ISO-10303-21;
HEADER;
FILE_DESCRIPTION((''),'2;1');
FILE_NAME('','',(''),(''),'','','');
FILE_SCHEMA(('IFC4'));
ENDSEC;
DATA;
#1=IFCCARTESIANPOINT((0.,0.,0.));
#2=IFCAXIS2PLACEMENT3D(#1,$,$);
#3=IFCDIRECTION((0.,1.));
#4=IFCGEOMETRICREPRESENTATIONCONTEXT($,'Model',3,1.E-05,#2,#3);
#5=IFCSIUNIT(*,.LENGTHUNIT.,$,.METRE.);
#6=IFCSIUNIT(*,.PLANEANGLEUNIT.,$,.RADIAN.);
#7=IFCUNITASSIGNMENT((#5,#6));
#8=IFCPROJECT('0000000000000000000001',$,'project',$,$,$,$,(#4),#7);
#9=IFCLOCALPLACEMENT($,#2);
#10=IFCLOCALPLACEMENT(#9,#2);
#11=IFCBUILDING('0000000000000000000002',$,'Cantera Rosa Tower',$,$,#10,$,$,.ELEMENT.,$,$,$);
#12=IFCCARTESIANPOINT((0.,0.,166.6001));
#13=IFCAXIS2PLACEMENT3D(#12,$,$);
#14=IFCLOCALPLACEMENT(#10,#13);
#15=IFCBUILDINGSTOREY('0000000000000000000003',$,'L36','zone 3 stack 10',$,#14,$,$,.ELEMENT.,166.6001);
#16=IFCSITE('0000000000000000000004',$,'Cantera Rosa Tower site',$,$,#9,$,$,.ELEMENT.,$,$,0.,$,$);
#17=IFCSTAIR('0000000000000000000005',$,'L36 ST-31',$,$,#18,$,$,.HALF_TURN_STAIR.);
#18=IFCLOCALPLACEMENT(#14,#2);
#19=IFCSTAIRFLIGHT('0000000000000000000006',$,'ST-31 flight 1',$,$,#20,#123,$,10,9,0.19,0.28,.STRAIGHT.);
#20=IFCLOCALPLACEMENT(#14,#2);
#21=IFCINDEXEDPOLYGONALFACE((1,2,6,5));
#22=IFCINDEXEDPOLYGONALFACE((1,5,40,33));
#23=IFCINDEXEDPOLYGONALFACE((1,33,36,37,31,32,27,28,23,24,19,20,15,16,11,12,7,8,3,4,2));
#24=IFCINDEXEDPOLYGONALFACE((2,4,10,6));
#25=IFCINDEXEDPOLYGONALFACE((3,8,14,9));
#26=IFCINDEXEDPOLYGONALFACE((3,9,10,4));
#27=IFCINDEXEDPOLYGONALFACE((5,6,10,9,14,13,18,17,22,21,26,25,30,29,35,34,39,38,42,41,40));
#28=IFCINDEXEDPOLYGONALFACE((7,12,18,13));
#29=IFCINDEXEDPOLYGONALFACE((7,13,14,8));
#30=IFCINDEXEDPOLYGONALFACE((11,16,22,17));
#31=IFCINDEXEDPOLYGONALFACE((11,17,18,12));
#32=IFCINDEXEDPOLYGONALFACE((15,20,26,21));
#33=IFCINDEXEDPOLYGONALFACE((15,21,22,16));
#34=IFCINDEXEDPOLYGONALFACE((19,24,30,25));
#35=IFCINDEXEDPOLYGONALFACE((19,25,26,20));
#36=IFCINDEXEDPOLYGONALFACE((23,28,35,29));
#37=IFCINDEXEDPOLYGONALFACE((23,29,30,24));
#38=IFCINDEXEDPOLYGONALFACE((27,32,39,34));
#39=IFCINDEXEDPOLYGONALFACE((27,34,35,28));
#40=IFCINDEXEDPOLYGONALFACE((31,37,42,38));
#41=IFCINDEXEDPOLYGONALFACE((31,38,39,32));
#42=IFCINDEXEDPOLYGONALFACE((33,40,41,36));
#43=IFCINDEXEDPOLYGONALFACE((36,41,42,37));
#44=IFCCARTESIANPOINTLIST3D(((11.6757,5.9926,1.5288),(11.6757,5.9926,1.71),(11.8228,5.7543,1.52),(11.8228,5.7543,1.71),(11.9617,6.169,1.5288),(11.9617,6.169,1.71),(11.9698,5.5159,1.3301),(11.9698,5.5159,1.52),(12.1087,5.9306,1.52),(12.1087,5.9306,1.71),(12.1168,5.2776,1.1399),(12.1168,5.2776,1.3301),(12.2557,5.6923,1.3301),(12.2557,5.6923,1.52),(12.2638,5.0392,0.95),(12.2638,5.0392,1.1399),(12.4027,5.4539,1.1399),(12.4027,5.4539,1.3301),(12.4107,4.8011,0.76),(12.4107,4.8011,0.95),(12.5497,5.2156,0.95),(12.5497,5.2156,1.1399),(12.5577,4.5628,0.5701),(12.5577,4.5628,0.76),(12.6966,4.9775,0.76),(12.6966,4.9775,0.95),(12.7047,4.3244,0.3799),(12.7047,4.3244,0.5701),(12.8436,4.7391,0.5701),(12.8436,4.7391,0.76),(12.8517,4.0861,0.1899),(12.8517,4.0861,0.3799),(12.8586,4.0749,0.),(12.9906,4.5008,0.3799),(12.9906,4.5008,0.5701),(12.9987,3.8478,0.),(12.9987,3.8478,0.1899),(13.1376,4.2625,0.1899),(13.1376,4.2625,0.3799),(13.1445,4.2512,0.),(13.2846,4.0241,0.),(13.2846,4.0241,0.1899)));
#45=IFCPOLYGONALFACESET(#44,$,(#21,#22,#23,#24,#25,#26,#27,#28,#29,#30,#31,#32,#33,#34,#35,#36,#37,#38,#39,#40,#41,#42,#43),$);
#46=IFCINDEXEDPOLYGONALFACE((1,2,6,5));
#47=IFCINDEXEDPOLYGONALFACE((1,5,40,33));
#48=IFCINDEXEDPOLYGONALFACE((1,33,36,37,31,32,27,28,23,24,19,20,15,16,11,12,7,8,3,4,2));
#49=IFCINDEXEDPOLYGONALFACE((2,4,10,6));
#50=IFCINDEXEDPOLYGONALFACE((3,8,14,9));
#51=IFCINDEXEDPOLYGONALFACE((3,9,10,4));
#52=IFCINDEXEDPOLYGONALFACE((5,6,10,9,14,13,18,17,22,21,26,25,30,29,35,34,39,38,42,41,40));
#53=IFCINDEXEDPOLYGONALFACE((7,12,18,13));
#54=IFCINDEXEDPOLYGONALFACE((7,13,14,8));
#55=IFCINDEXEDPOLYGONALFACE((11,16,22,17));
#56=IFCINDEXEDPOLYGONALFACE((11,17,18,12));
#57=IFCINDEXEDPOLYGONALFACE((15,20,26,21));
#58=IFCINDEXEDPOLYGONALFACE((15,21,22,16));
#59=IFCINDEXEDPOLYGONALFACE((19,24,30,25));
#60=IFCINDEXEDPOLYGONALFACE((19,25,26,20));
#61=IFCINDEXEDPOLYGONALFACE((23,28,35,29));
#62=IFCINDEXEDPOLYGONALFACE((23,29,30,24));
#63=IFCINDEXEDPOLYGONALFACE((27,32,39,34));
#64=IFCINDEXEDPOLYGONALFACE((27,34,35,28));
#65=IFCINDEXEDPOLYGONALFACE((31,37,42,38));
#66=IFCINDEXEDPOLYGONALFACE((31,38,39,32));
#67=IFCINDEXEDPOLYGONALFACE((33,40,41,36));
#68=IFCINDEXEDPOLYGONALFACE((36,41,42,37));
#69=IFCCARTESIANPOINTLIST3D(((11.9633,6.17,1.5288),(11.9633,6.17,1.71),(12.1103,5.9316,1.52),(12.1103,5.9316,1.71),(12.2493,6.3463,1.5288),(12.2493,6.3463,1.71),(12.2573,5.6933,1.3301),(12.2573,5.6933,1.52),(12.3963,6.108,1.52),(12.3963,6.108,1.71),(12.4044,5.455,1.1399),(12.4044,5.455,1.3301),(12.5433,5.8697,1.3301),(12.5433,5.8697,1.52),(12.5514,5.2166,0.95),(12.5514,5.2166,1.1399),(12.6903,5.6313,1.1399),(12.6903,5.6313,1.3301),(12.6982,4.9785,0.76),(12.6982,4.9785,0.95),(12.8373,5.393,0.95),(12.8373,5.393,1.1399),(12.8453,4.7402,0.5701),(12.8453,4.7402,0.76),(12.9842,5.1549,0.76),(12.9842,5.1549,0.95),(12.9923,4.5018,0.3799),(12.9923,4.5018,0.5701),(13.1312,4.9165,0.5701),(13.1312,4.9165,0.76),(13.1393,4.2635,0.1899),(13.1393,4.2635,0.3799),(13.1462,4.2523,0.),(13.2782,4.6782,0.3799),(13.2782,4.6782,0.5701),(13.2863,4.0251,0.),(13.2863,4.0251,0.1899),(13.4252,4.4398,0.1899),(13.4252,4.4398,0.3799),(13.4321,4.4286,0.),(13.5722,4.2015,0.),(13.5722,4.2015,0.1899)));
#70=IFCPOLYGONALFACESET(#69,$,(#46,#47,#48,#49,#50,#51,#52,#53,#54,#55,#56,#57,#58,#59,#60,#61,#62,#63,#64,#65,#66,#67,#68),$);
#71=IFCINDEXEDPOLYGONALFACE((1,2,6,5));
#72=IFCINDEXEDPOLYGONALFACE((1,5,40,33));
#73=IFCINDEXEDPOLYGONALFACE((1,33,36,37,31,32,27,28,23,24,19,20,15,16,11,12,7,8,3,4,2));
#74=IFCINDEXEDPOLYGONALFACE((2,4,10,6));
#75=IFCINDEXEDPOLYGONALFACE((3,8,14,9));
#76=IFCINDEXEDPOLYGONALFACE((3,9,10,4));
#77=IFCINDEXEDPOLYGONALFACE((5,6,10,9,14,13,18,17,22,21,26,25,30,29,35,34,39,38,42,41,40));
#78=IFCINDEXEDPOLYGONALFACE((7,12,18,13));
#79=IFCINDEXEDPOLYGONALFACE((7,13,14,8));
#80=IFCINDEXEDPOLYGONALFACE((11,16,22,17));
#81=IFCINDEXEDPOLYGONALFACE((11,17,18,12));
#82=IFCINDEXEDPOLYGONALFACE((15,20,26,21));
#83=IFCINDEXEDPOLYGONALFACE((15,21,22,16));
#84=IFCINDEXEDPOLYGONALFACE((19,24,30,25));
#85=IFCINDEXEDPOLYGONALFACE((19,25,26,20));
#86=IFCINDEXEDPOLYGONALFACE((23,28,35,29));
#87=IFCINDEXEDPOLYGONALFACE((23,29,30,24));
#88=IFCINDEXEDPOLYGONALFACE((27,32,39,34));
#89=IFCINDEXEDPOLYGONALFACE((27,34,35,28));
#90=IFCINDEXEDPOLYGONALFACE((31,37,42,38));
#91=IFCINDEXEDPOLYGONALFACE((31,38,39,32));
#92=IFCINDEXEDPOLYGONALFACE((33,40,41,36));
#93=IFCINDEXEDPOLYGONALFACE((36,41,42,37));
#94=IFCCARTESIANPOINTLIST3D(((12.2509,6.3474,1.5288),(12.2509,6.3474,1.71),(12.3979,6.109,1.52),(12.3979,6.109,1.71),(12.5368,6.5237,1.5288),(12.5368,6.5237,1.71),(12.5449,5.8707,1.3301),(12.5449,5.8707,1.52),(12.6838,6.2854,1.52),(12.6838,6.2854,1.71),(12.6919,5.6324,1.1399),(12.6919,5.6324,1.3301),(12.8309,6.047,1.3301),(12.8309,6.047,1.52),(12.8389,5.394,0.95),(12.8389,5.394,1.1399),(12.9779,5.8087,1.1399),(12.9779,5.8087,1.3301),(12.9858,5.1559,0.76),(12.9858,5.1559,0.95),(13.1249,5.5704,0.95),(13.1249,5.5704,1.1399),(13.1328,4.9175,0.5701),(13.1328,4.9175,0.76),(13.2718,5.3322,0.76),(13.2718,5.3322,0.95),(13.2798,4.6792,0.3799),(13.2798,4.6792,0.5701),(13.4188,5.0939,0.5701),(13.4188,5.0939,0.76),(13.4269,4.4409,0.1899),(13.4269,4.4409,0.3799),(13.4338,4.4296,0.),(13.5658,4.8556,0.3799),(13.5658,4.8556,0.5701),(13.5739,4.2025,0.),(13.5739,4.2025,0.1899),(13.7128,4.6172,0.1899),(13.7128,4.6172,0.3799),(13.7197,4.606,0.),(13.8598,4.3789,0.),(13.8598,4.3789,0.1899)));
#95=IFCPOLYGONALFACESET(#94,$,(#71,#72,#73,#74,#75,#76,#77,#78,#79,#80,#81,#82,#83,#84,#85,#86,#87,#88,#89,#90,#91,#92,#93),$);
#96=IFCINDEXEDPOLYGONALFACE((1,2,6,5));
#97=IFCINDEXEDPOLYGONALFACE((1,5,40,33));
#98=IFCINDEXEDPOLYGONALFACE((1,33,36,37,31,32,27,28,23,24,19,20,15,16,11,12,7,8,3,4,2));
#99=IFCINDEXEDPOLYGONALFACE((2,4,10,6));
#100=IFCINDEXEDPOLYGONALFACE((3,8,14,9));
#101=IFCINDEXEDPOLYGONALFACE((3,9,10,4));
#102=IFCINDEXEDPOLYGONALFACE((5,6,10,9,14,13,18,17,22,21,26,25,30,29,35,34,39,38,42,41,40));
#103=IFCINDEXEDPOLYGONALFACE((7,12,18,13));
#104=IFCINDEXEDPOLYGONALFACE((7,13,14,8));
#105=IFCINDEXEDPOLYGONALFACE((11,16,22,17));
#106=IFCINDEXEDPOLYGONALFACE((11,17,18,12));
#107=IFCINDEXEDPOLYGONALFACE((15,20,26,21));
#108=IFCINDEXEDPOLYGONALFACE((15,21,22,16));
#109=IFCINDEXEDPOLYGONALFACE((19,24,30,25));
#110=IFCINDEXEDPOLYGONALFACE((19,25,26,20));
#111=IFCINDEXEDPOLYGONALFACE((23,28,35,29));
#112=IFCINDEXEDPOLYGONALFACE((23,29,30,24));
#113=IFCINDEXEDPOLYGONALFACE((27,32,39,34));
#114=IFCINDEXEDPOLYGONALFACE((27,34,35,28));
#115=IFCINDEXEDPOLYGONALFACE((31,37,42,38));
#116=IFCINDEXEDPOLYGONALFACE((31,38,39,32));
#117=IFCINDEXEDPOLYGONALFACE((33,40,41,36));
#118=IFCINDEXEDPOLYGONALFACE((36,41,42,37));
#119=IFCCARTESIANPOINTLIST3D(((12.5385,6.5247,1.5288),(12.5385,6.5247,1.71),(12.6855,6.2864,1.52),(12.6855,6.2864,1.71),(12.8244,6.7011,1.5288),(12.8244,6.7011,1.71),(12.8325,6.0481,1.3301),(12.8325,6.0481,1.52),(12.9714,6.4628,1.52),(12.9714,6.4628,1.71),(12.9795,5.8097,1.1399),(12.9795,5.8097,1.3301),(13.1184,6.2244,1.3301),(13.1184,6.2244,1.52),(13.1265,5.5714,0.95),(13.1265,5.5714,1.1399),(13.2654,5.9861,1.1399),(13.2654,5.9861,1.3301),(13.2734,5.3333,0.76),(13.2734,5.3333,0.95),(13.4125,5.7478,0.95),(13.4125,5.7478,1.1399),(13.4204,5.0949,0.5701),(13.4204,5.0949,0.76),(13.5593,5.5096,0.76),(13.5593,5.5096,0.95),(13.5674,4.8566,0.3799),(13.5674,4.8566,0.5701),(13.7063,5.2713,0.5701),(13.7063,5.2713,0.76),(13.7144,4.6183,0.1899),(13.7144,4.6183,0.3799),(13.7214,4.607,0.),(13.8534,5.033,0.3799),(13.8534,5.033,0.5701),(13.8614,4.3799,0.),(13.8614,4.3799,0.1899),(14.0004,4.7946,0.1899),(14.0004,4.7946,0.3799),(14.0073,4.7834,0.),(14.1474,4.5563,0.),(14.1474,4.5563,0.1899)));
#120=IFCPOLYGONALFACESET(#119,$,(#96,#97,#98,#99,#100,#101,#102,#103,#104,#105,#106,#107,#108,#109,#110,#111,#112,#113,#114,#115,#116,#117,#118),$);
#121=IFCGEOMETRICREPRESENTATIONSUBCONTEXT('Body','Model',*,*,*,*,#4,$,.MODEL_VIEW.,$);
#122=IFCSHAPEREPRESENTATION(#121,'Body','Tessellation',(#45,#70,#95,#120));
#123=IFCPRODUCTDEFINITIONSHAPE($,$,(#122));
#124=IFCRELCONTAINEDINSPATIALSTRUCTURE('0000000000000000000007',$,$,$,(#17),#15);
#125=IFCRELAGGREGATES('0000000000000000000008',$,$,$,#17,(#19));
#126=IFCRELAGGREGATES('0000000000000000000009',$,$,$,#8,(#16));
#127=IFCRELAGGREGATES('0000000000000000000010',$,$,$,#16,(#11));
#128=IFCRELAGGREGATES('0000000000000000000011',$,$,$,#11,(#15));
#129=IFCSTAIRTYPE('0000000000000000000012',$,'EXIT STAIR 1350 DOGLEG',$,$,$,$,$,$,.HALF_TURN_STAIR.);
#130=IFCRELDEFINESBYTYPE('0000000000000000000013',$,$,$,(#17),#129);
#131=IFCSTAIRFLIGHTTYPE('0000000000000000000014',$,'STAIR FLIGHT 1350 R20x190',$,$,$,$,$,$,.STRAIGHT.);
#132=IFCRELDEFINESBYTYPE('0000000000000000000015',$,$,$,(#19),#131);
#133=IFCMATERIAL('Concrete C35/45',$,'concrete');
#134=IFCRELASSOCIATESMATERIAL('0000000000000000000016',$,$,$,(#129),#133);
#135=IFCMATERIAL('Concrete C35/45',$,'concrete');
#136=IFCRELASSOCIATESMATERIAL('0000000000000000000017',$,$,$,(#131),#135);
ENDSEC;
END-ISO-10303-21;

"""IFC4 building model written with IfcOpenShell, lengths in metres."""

from ifc_helpers import new_model, si_unit, direction, frame, origin, place, context, subcontext, project, spatial, polyline, outline, extrude, material, type_object, element, aggregate, save


model = new_model("IFC4")

# Units and contexts
model_context = context("Model", 3, precision=1e-05, world=origin(), true_north=direction((0.0, 1.0)))
body_context = subcontext(model_context, "Body", "Model", "MODEL_VIEW")
ifc_project = project(units=[si_unit("LENGTHUNIT", "METRE"), si_unit("PLANEANGLEUNIT", "RADIAN")], contexts=[model_context])

# Site, building, storey
site_placement = place(None, origin())
site = spatial("IfcSite", under=ifc_project, at=site_placement, Name="Cantera Rosa Tower site", CompositionType="ELEMENT", RefElevation=0.0)
building_placement = place(site_placement, origin())
building = spatial("IfcBuilding", under=site, at=building_placement, Name="Cantera Rosa Tower", CompositionType="ELEMENT")
storey_placement = place(building_placement, frame((0.0, 0.0, 166.6001)))
storey = spatial("IfcBuildingStorey", under=building, at=storey_placement, Name="L36", Description="zone 3 stack 10", CompositionType="ELEMENT", Elevation=166.6001)

# Stair, stair flight
ifc_material_1 = material(Name="Concrete C35/45", Category="concrete")
stair_type = type_object("IfcStairType", Name="EXIT STAIR 1350 DOGLEG", PredefinedType="HALF_TURN_STAIR", material=ifc_material_1)
stair_1_placement = place(storey_placement, origin())
stair_1 = element("IfcStair", 1, at=stair_1_placement, inside=storey, type_object=stair_type, Name="L36 ST-31", PredefinedType="HALF_TURN_STAIR")
ifc_material_2 = material(Name="Concrete C35/45", Category="concrete")
stair_flight_type = type_object("IfcStairFlightType", Name="STAIR FLIGHT 1350 R20x190", PredefinedType="STRAIGHT", material=ifc_material_2)
stair_flight_1_placement = place(storey_placement, frame((13.5732, 4.2021, 0.0), z_axis=(0.0, 0.0, 1.0), x_axis=(-0.524977, 0.851117, 0.0)))
stair_flight_1 = element("IfcStairFlight", 2, at=stair_flight_1_placement, type_object=stair_flight_type, Name="ST-31 flight 1", NumberOfRisers=10, NumberOfTreads=9, PredefinedType="STRAIGHT", RiserHeight=0.19, TreadLength=0.28, context=body_context, shape_type="SweptSolid", body=[
    extrude(outline(polyline([(0.0, 0.0), (0.0, 0.1899), (0.28, 0.1899), (0.28, 0.3799), (0.5601, 0.3799), (0.5601, 0.5701), (0.8401, 0.5701), (0.8401, 0.76), (1.1201, 0.76), (1.1201, 0.95), (1.3999, 0.95), (1.3999, 1.1399), (1.6799, 1.1399), (1.6799, 1.3301), (1.96, 1.3301), (1.96, 1.52), (2.24, 1.52), (2.24, 1.71), (2.52, 1.71), (2.52, 1.8999), (2.52, 1.5288), (0.2668, 0.0), (0.0, 0.0)])), frame((0.0, 0.675, 0.0), z_axis=(0.0, -1.0, 0.0), x_axis=(1.0, 0.0, 0.0)), (0.0, 0.0, 1.0), 0.3359),
    extrude(outline(polyline([(0.0, 0.0), (0.0, 0.1899), (0.28, 0.1899), (0.28, 0.3799), (0.5601, 0.3799), (0.5601, 0.5701), (0.8401, 0.5701), (0.8401, 0.76), (1.1201, 0.76), (1.1201, 0.95), (1.3999, 0.95), (1.3999, 1.1399), (1.6799, 1.1399), (1.6799, 1.3301), (1.96, 1.3301), (1.96, 1.52), (2.24, 1.52), (2.24, 1.71), (2.52, 1.71), (2.52, 1.8999), (2.52, 1.5288), (0.2668, 0.0), (0.0, 0.0)])), frame((0.0, 0.3372, 0.0), z_axis=(0.0, -1.0, 0.0), x_axis=(1.0, 0.0, 0.0)), (0.0, 0.0, 1.0), 0.3359),
    extrude(outline(polyline([(0.0, 0.0), (0.0, 0.1899), (0.28, 0.1899), (0.28, 0.3799), (0.5601, 0.3799), (0.5601, 0.5701), (0.8401, 0.5701), (0.8401, 0.76), (1.1201, 0.76), (1.1201, 0.95), (1.3999, 0.95), (1.3999, 1.1399), (1.6799, 1.1399), (1.6799, 1.3301), (1.96, 1.3301), (1.96, 1.52), (2.24, 1.52), (2.24, 1.71), (2.52, 1.71), (2.52, 1.8999), (2.52, 1.5288), (0.2668, 0.0), (0.0, 0.0)])), frame((0.0, -0.0007, 0.0), z_axis=(0.0, -1.0, 0.0), x_axis=(1.0, 0.0, 0.0)), (0.0, 0.0, 1.0), 0.3359),
    extrude(outline(polyline([(0.0, 0.0), (0.0, 0.1899), (0.28, 0.1899), (0.28, 0.3799), (0.5601, 0.3799), (0.5601, 0.5701), (0.8401, 0.5701), (0.8401, 0.76), (1.1201, 0.76), (1.1201, 0.95), (1.3999, 0.95), (1.3999, 1.1399), (1.6799, 1.1399), (1.6799, 1.3301), (1.96, 1.3301), (1.96, 1.52), (2.24, 1.52), (2.24, 1.71), (2.52, 1.71), (2.52, 1.8999), (2.52, 1.5288), (0.2668, 0.0), (0.0, 0.0)])), frame((0.0, -0.3386, 0.0), z_axis=(0.0, -1.0, 0.0), x_axis=(1.0, 0.0, 0.0)), (0.0, 0.0, 1.0), 0.3359),
])
aggregate(stair_1, [stair_flight_1])

save(model, "model.ifc")
